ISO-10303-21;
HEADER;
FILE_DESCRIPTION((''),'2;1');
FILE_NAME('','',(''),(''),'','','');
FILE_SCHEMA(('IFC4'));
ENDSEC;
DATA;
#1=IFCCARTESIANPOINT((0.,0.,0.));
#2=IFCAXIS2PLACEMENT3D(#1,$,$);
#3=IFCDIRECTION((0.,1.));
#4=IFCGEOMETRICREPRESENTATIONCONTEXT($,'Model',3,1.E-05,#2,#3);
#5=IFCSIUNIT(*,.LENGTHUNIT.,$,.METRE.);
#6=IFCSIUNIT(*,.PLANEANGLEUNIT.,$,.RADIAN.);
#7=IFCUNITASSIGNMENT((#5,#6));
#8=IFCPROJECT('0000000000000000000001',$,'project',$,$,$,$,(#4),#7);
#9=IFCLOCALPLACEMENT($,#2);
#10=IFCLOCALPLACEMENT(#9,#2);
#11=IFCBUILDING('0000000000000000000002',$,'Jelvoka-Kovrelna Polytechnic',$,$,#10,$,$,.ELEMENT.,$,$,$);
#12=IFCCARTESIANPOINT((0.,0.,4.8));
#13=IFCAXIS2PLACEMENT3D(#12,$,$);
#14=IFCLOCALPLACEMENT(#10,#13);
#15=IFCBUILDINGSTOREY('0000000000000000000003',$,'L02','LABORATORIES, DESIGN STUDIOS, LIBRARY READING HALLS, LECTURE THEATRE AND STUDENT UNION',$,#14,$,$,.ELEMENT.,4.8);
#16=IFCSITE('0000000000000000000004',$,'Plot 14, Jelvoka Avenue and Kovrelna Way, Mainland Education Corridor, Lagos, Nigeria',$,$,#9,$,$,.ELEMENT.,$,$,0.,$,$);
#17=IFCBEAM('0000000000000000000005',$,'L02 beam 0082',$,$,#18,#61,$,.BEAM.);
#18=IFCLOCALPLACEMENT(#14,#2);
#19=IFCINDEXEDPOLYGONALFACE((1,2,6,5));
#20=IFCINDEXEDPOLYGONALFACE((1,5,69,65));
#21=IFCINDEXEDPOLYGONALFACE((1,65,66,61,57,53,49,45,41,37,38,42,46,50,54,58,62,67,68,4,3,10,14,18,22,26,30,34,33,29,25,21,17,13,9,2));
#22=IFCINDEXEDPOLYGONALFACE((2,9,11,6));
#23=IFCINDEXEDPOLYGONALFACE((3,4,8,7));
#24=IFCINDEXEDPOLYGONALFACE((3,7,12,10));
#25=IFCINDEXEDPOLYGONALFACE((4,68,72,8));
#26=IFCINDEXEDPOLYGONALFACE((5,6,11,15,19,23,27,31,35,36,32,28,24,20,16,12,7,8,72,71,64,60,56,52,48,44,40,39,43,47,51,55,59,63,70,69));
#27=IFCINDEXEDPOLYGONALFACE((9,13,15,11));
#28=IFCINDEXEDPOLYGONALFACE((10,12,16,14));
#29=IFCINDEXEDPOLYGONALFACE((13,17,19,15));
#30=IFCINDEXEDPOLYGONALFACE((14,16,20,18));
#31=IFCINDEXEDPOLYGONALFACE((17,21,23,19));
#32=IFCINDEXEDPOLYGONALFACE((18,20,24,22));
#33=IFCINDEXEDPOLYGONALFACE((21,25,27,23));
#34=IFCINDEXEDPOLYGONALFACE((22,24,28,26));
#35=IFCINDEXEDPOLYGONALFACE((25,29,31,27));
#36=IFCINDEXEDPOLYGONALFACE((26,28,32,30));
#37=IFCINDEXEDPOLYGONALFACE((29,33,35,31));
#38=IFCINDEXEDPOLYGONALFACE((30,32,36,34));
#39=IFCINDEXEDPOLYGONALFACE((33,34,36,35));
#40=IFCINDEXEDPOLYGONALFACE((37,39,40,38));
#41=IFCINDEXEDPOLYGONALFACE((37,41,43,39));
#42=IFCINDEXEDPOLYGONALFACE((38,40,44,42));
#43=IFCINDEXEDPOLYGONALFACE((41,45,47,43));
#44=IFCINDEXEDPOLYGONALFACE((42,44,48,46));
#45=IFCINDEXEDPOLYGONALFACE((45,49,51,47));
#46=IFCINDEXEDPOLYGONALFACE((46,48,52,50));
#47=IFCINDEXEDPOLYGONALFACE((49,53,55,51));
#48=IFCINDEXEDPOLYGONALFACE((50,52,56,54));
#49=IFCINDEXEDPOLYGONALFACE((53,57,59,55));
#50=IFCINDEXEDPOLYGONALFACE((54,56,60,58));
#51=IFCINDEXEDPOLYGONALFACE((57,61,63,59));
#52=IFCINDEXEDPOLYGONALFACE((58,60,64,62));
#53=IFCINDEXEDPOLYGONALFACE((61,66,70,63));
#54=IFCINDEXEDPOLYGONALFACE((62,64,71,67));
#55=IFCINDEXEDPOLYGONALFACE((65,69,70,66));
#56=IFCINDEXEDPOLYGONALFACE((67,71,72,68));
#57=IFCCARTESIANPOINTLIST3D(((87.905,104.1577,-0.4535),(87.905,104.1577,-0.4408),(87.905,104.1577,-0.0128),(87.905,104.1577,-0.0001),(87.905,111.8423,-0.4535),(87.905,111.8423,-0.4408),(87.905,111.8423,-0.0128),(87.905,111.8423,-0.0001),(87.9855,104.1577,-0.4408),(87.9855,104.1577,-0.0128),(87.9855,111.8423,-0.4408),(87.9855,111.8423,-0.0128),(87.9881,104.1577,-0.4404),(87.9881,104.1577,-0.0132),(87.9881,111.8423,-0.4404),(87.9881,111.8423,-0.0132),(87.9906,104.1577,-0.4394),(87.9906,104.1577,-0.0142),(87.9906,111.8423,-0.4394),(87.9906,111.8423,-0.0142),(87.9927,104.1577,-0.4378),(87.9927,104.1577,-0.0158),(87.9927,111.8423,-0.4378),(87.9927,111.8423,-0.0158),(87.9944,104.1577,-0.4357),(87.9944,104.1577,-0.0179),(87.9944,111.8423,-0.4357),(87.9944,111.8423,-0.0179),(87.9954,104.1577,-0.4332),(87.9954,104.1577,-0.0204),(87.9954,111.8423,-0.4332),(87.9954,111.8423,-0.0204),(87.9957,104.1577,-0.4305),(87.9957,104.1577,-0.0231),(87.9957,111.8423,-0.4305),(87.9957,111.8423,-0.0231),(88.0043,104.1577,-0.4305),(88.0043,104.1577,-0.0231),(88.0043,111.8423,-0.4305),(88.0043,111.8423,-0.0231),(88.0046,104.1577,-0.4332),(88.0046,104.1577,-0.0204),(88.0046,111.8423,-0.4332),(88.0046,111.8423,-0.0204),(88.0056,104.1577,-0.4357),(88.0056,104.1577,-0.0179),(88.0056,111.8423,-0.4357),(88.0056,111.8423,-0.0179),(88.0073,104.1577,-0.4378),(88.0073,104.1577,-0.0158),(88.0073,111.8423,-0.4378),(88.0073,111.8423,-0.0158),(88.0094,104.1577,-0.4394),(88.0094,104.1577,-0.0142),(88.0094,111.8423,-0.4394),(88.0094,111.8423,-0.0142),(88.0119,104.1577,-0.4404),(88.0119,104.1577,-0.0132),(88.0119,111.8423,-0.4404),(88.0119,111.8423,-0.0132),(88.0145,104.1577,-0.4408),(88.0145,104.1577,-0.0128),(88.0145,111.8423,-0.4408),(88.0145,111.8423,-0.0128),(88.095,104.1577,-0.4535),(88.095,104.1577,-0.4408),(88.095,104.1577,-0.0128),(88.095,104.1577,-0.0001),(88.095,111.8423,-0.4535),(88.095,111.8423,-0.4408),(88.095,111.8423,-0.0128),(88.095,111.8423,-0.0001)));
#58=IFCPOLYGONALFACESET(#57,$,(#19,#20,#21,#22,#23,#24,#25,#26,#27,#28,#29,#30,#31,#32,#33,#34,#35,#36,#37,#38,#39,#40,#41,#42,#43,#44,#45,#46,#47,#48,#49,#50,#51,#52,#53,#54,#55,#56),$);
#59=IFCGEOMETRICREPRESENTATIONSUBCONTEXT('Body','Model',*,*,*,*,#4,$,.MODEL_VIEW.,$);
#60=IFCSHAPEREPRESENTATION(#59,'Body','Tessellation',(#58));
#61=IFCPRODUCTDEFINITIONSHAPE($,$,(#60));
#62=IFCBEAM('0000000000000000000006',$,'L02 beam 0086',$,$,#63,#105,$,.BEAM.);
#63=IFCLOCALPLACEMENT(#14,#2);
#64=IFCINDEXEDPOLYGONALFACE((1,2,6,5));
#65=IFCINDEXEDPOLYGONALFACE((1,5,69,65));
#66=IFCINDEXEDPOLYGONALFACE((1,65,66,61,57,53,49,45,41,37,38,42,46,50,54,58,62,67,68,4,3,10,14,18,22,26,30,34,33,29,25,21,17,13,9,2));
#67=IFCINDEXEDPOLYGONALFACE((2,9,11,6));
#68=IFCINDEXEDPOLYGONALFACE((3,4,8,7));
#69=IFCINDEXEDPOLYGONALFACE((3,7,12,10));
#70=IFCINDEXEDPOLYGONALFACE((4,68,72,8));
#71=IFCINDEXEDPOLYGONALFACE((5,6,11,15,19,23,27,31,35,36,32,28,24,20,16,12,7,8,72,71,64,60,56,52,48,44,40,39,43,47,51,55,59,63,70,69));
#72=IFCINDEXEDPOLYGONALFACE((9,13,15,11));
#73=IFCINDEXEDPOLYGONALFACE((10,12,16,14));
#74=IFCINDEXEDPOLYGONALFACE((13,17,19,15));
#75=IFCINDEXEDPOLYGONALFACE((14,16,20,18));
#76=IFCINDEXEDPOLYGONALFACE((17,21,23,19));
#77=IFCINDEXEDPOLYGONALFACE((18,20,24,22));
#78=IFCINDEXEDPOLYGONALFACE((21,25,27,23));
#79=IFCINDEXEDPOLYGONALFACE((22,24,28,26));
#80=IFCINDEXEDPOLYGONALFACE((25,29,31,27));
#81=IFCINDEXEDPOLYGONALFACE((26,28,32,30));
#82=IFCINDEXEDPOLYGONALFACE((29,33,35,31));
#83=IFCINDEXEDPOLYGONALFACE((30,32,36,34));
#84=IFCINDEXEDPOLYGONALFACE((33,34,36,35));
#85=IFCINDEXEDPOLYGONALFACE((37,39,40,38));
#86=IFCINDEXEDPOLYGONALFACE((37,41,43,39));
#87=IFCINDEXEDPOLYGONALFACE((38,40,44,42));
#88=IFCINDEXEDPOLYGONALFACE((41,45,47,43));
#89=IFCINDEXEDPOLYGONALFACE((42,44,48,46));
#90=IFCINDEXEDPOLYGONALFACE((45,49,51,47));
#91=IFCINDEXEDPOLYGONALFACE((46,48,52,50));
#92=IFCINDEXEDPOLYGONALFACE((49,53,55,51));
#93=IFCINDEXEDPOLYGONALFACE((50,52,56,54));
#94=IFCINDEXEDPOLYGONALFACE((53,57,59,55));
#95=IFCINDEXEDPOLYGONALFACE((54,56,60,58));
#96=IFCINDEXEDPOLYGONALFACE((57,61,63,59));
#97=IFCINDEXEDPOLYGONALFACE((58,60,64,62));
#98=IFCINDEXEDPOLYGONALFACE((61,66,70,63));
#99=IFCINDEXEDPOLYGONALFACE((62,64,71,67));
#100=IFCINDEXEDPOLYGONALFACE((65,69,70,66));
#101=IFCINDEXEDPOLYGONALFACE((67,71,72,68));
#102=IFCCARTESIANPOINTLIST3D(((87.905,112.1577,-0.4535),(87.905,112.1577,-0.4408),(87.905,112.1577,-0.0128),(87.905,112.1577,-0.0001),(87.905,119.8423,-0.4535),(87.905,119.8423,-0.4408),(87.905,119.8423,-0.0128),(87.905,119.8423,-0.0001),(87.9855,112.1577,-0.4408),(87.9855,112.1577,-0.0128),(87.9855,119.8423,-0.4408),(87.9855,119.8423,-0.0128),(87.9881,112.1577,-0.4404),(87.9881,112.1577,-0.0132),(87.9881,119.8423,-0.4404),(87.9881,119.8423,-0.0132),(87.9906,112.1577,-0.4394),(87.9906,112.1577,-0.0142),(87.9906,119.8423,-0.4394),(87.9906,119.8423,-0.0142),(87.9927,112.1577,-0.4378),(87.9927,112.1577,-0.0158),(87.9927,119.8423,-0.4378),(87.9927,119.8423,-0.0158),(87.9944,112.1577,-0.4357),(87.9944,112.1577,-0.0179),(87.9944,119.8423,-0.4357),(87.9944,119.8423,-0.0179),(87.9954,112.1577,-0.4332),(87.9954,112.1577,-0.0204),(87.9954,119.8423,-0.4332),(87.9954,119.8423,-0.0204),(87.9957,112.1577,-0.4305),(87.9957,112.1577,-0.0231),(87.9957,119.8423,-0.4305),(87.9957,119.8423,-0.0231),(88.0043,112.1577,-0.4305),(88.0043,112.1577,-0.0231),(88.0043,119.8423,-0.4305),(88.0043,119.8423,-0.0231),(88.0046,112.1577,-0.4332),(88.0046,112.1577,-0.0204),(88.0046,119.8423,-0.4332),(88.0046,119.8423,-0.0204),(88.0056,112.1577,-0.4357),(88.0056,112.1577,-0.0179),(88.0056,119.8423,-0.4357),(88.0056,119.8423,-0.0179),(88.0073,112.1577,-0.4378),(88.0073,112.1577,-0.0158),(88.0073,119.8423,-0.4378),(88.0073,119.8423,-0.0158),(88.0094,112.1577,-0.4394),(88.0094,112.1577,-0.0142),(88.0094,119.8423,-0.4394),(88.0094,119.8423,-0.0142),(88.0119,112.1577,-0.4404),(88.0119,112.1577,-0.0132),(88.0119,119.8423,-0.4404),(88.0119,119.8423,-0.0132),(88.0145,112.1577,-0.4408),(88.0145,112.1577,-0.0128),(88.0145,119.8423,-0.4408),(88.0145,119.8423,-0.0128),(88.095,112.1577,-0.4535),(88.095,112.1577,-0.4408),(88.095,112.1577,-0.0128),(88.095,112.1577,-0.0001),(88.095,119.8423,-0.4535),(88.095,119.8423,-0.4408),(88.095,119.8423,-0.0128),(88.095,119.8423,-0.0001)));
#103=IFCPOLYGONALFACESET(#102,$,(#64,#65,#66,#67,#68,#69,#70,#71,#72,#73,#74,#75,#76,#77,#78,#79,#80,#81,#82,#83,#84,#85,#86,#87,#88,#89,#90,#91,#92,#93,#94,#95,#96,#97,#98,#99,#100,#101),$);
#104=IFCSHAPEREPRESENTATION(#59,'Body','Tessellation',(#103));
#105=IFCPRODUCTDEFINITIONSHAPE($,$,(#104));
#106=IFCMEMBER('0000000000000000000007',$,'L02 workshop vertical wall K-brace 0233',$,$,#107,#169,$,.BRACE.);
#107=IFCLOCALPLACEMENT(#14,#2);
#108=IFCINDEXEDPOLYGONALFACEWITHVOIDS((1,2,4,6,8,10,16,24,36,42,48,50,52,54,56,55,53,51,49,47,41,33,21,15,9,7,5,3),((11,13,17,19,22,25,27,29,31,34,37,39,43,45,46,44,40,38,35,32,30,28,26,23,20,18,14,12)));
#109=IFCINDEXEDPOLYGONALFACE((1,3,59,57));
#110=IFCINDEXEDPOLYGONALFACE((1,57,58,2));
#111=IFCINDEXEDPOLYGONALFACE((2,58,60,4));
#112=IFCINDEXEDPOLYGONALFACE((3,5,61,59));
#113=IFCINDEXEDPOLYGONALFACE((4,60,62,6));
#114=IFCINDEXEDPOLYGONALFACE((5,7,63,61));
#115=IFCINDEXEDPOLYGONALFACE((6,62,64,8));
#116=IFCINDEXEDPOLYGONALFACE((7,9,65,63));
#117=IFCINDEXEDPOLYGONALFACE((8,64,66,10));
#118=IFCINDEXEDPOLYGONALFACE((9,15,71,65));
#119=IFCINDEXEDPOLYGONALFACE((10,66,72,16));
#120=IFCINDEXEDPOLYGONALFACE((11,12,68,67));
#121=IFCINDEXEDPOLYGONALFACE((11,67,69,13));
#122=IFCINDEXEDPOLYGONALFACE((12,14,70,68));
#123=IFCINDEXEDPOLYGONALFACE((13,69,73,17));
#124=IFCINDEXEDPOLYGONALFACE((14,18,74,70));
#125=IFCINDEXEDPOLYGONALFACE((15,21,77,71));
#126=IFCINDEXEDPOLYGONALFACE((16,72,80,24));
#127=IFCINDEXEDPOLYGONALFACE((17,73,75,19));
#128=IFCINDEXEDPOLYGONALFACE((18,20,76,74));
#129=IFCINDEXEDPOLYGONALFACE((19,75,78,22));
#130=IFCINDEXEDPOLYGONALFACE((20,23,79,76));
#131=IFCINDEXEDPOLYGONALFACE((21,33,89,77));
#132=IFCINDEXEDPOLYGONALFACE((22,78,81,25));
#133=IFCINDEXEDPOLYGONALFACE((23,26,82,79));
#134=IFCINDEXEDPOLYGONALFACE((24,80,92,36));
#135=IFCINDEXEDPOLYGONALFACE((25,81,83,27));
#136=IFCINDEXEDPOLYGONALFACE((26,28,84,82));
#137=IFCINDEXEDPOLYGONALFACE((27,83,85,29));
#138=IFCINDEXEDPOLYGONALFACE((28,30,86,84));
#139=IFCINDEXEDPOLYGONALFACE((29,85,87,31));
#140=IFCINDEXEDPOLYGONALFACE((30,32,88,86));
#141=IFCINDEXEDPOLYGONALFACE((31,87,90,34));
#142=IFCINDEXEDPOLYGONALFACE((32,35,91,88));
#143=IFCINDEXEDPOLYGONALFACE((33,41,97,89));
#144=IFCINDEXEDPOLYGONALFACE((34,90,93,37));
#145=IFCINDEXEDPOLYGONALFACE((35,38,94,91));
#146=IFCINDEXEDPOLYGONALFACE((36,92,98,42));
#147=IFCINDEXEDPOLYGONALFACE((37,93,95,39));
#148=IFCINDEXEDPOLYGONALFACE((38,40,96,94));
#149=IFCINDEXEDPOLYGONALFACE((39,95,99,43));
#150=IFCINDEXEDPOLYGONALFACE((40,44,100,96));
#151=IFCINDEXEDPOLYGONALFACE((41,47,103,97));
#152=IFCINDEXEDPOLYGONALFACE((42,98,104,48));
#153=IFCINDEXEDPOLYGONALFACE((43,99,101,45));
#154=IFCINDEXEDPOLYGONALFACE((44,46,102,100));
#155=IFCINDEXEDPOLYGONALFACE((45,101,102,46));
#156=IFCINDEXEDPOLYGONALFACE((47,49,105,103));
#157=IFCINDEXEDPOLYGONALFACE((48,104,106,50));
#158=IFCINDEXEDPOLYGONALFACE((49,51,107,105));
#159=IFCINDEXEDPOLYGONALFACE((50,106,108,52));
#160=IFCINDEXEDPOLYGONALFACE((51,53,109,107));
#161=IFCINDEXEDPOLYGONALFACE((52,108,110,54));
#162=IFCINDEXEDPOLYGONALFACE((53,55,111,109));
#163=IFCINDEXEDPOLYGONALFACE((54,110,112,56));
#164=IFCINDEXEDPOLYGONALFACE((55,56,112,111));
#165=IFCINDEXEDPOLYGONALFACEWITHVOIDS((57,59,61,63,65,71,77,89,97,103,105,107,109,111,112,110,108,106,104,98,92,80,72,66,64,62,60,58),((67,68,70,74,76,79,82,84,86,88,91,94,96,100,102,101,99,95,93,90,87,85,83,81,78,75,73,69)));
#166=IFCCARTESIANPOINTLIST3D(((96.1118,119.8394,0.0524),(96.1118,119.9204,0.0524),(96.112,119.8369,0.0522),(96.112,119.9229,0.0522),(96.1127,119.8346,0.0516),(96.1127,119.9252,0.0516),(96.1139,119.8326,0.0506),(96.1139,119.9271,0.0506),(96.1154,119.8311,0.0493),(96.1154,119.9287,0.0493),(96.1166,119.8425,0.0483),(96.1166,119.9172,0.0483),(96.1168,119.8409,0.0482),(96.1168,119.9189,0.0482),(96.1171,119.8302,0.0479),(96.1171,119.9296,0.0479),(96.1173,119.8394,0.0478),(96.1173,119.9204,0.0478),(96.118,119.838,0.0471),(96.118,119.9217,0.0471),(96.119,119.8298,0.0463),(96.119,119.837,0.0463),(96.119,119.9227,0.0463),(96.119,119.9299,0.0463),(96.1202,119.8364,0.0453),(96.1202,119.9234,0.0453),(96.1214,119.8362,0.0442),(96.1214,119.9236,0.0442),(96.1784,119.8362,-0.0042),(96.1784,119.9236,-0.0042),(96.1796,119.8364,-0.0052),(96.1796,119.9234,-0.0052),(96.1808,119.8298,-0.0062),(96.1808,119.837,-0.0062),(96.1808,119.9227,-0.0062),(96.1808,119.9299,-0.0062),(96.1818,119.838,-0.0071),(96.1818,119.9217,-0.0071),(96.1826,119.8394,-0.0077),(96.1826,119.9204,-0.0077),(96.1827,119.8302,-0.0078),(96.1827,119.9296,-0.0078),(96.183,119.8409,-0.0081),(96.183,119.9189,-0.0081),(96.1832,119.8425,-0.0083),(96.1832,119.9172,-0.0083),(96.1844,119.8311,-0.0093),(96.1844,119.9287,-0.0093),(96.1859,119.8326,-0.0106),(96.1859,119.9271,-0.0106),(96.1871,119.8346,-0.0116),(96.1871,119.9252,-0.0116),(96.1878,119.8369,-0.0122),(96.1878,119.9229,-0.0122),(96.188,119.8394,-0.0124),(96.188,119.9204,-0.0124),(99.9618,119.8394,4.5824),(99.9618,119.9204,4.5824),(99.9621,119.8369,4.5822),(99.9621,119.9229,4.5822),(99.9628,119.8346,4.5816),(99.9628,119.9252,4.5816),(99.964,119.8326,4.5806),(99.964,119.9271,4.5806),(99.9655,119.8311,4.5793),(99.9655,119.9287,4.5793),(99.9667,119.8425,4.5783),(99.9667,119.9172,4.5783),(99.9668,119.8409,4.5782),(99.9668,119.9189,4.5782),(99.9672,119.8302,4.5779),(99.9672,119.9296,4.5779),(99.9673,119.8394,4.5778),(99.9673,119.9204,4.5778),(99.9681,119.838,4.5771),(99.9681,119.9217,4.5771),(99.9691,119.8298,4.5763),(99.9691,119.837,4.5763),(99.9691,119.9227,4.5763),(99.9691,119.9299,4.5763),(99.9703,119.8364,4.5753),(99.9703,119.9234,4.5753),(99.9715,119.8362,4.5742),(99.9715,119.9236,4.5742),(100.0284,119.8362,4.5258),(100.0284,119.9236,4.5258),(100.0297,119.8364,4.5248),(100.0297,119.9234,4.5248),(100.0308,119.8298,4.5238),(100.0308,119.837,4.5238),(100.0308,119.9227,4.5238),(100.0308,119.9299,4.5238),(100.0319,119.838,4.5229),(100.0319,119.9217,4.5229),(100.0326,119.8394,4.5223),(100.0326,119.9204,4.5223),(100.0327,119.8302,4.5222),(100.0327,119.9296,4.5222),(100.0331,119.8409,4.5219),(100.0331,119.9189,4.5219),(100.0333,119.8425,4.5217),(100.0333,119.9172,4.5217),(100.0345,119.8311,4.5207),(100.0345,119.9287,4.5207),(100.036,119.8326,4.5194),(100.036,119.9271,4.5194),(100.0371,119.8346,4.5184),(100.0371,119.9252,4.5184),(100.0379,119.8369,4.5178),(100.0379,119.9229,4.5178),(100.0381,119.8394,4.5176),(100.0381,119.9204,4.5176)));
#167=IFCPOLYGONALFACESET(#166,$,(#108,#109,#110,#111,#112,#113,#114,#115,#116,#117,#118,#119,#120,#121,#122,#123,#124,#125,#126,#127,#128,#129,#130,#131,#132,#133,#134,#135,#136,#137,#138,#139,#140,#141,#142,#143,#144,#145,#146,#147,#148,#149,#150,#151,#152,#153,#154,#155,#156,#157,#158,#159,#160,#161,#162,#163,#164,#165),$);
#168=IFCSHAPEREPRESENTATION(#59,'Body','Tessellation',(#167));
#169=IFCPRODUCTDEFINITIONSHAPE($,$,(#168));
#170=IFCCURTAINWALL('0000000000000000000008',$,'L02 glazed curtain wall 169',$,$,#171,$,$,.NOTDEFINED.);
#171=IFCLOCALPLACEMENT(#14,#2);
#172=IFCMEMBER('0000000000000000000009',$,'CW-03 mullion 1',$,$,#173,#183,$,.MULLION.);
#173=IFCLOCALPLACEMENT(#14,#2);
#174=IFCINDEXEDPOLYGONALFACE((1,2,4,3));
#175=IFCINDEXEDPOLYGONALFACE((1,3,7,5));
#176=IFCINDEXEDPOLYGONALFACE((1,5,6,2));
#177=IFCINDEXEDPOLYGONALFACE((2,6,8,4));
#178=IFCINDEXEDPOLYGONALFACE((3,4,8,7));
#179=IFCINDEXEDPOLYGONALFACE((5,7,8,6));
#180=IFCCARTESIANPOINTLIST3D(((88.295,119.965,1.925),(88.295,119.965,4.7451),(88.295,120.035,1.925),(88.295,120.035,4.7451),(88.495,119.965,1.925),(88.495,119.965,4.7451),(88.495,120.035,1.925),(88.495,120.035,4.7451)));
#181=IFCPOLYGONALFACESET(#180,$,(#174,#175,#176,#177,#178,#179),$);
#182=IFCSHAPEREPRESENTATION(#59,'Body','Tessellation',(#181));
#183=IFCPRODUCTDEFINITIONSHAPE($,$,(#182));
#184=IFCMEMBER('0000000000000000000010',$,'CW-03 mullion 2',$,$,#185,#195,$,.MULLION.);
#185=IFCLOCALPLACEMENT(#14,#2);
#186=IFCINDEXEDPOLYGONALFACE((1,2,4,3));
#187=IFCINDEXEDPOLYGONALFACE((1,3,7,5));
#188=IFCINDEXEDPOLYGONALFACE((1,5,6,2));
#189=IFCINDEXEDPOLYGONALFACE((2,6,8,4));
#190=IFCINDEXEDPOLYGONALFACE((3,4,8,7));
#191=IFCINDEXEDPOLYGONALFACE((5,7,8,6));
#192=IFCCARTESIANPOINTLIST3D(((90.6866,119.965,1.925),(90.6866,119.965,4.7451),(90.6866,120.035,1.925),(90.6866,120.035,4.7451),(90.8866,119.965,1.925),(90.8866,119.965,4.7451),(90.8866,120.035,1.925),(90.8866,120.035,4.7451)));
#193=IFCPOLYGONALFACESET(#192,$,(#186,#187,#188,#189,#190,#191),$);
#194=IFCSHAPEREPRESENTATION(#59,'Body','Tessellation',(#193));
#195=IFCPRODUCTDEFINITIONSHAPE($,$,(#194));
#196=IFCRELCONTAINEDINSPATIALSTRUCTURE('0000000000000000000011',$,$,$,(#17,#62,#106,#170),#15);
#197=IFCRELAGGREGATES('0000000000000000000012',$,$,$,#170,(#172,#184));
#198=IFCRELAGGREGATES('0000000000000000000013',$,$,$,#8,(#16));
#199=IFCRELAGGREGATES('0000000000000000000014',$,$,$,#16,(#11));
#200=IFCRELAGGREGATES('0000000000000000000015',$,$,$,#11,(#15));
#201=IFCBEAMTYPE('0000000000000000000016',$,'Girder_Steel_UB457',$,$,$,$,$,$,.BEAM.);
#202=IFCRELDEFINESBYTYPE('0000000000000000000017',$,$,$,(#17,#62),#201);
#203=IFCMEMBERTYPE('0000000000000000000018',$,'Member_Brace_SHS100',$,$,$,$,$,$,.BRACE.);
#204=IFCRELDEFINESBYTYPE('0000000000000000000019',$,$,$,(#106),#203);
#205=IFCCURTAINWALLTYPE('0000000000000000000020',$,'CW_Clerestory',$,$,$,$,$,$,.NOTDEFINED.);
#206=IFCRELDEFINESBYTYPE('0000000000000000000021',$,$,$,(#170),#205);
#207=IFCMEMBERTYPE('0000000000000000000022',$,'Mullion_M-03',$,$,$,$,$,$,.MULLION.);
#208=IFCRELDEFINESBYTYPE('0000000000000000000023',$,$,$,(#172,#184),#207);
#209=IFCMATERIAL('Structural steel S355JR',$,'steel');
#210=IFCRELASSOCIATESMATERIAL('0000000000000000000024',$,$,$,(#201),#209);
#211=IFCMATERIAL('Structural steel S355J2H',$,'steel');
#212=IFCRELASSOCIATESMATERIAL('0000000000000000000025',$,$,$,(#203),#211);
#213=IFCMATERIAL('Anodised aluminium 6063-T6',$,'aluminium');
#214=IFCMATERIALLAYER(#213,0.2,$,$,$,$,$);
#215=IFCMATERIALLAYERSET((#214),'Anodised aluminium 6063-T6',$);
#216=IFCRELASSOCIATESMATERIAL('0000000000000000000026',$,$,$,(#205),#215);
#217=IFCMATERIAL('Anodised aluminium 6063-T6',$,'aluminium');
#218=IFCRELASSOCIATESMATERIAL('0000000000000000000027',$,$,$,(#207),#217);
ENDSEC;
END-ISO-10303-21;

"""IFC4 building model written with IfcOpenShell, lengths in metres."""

from ifc_helpers import new_model, si_unit, direction, frame, origin, origin_2d, place, context, subcontext, project, spatial, rectangle, hollow_rectangle, i_section, extrude, material, layer, layer_set, material_profile, profile_set, type_object, element, aggregate, save


model = new_model("IFC4")

# Units and contexts
model_context = context("Model", 3, precision=1e-05, world=origin(), true_north=direction((0.0, 1.0)))
body_context = subcontext(model_context, "Body", "Model", "MODEL_VIEW")
ifc_project = project(units=[si_unit("LENGTHUNIT", "METRE"), si_unit("PLANEANGLEUNIT", "RADIAN")], contexts=[model_context])

# Site, building, storey
site_placement = place(None, origin())
site = spatial("IfcSite", under=ifc_project, at=site_placement, Name="Plot 14, Jelvoka Avenue and Kovrelna Way, Mainland Education Corridor, Lagos, Nigeria", CompositionType="ELEMENT", RefElevation=0.0)
building_placement = place(site_placement, origin())
building = spatial("IfcBuilding", under=site, at=building_placement, Name="Jelvoka-Kovrelna Polytechnic", CompositionType="ELEMENT")
storey_placement = place(building_placement, frame((0.0, 0.0, 4.8)))
storey = spatial("IfcBuildingStorey", under=building, at=storey_placement, Name="L02", Description="LABORATORIES, DESIGN STUDIOS, LIBRARY READING HALLS, LECTURE THEATRE AND STUDENT UNION", CompositionType="ELEMENT", Elevation=4.8)

# Beams
ifc_material_1 = material(Name="Structural steel S355JR", Category="steel")
ifc_material_profile_1 = material_profile(ifc_material_1, i_section(OverallWidth=0.1899, OverallDepth=0.4534, WebThickness=0.0085, FlangeThickness=0.0127, FilletRadius=0.0103, at=origin_2d()), Name="457x191x67 UB")
ifc_profile_set_1 = profile_set([ifc_material_profile_1], Name="Structural steel S355JR")
beam_type_1 = type_object("IfcBeamType", Name="Girder_Steel_UB457", PredefinedType="BEAM", material=ifc_profile_set_1)
for number, where, z_axis, x_axis, name in (
    (1, (88.0, 104.1577, -0.2268), (0.0, 1.0, 0.0), (-1.0, 0.0, 0.0), "L02 beam 0082"),
    (2, (88.0, 112.1577, -0.2268), (0.0, 1.0, 0.0), (-1.0, 0.0, 0.0), "L02 beam 0086"),
):
    element("IfcBeam", number, at=place(storey_placement, frame(where, z_axis=z_axis, x_axis=x_axis)), inside=storey, type_object=beam_type_1, Name=name, PredefinedType="BEAM", context=body_context, shape_type="SweptSolid", body=[
        extrude(i_section(OverallWidth=0.1899, OverallDepth=0.4534, WebThickness=0.0085, FlangeThickness=0.0127, FilletRadius=0.0103, at=origin_2d()), origin(), (0.0, 0.0, 1.0), 7.6846),
    ])

# Member
ifc_material_2 = material(Name="Structural steel S355J2H", Category="steel")
ifc_material_profile_2 = material_profile(ifc_material_2, hollow_rectangle(XDim=0.1001, YDim=0.1001, WallThickness=0.0063, InnerFilletRadius=0.0063, OuterFilletRadius=0.0095, at=origin_2d()), Name="100x100x6.3 SHS")
ifc_profile_set_2 = profile_set([ifc_material_profile_2], Name="Structural steel S355J2H")
member_type_1 = type_object("IfcMemberType", Name="Member_Brace_SHS100", PredefinedType="BRACE", material=ifc_profile_set_2)
member_1_placement = place(storey_placement, frame((96.1499, 119.8799, 0.02), z_axis=(0.647607, 0.0, 0.761975), x_axis=(0.0, 1.0, 0.0)))
element("IfcMember", 3, at=member_1_placement, inside=storey, type_object=member_type_1, Name="L02 workshop vertical wall K-brace 0233", PredefinedType="BRACE", context=body_context, shape_type="SweptSolid", body=[
    extrude(hollow_rectangle(XDim=0.1001, YDim=0.1001, WallThickness=0.0063, InnerFilletRadius=0.0063, OuterFilletRadius=0.0095, at=origin_2d()), origin(), (0.0, 0.0, 1.0), 5.9451),
])

# Curtain wall, members
ifc_material_3 = material(Name="Anodised aluminium 6063-T6", Category="aluminium")
ifc_layer_1 = layer(ifc_material_3, 0.2)
ifc_layer_set_1 = layer_set([ifc_layer_1], Name="Anodised aluminium 6063-T6")
curtain_wall_type = type_object("IfcCurtainWallType", Name="CW_Clerestory", PredefinedType="NOTDEFINED", material=ifc_layer_set_1)
curtain_wall_placement = place(storey_placement, origin())
curtain_wall = element("IfcCurtainWall", 4, at=curtain_wall_placement, inside=storey, type_object=curtain_wall_type, Name="L02 glazed curtain wall 169", PredefinedType="NOTDEFINED")
ifc_material_4 = material(Name="Anodised aluminium 6063-T6", Category="aluminium")
ifc_material_profile_3 = material_profile(ifc_material_4, rectangle(XDim=0.0701, YDim=0.2, at=origin_2d()), Name="ALU 70x200")
ifc_profile_set_3 = profile_set([ifc_material_profile_3], Name="Anodised aluminium 6063-T6")
member_type_2 = type_object("IfcMemberType", Name="Mullion_M-03", PredefinedType="MULLION", material=ifc_profile_set_3)
member_2_placement = place(storey_placement, frame((88.395, 120.0, 1.925), z_axis=(0.0, 0.0, 1.0), x_axis=(0.0, 1.0, 0.0)))
member_2 = element("IfcMember", 5, at=member_2_placement, type_object=member_type_2, Name="CW-03 mullion 1", PredefinedType="MULLION", context=body_context, shape_type="SweptSolid", body=[
    extrude(rectangle(XDim=0.0701, YDim=0.2, at=origin_2d()), origin(), (0.0, 0.0, 1.0), 2.8201),
])
member_3_placement = place(storey_placement, frame((90.7866, 120.0, 1.925), z_axis=(0.0, 0.0, 1.0), x_axis=(0.0, 1.0, 0.0)))
member_3 = element("IfcMember", 6, at=member_3_placement, type_object=member_type_2, Name="CW-03 mullion 2", PredefinedType="MULLION", context=body_context, shape_type="SweptSolid", body=[
    extrude(rectangle(XDim=0.0701, YDim=0.2, at=origin_2d()), origin(), (0.0, 0.0, 1.0), 2.8201),
])

aggregate(curtain_wall, [member_2, member_3])

save(model, "model.ifc")
